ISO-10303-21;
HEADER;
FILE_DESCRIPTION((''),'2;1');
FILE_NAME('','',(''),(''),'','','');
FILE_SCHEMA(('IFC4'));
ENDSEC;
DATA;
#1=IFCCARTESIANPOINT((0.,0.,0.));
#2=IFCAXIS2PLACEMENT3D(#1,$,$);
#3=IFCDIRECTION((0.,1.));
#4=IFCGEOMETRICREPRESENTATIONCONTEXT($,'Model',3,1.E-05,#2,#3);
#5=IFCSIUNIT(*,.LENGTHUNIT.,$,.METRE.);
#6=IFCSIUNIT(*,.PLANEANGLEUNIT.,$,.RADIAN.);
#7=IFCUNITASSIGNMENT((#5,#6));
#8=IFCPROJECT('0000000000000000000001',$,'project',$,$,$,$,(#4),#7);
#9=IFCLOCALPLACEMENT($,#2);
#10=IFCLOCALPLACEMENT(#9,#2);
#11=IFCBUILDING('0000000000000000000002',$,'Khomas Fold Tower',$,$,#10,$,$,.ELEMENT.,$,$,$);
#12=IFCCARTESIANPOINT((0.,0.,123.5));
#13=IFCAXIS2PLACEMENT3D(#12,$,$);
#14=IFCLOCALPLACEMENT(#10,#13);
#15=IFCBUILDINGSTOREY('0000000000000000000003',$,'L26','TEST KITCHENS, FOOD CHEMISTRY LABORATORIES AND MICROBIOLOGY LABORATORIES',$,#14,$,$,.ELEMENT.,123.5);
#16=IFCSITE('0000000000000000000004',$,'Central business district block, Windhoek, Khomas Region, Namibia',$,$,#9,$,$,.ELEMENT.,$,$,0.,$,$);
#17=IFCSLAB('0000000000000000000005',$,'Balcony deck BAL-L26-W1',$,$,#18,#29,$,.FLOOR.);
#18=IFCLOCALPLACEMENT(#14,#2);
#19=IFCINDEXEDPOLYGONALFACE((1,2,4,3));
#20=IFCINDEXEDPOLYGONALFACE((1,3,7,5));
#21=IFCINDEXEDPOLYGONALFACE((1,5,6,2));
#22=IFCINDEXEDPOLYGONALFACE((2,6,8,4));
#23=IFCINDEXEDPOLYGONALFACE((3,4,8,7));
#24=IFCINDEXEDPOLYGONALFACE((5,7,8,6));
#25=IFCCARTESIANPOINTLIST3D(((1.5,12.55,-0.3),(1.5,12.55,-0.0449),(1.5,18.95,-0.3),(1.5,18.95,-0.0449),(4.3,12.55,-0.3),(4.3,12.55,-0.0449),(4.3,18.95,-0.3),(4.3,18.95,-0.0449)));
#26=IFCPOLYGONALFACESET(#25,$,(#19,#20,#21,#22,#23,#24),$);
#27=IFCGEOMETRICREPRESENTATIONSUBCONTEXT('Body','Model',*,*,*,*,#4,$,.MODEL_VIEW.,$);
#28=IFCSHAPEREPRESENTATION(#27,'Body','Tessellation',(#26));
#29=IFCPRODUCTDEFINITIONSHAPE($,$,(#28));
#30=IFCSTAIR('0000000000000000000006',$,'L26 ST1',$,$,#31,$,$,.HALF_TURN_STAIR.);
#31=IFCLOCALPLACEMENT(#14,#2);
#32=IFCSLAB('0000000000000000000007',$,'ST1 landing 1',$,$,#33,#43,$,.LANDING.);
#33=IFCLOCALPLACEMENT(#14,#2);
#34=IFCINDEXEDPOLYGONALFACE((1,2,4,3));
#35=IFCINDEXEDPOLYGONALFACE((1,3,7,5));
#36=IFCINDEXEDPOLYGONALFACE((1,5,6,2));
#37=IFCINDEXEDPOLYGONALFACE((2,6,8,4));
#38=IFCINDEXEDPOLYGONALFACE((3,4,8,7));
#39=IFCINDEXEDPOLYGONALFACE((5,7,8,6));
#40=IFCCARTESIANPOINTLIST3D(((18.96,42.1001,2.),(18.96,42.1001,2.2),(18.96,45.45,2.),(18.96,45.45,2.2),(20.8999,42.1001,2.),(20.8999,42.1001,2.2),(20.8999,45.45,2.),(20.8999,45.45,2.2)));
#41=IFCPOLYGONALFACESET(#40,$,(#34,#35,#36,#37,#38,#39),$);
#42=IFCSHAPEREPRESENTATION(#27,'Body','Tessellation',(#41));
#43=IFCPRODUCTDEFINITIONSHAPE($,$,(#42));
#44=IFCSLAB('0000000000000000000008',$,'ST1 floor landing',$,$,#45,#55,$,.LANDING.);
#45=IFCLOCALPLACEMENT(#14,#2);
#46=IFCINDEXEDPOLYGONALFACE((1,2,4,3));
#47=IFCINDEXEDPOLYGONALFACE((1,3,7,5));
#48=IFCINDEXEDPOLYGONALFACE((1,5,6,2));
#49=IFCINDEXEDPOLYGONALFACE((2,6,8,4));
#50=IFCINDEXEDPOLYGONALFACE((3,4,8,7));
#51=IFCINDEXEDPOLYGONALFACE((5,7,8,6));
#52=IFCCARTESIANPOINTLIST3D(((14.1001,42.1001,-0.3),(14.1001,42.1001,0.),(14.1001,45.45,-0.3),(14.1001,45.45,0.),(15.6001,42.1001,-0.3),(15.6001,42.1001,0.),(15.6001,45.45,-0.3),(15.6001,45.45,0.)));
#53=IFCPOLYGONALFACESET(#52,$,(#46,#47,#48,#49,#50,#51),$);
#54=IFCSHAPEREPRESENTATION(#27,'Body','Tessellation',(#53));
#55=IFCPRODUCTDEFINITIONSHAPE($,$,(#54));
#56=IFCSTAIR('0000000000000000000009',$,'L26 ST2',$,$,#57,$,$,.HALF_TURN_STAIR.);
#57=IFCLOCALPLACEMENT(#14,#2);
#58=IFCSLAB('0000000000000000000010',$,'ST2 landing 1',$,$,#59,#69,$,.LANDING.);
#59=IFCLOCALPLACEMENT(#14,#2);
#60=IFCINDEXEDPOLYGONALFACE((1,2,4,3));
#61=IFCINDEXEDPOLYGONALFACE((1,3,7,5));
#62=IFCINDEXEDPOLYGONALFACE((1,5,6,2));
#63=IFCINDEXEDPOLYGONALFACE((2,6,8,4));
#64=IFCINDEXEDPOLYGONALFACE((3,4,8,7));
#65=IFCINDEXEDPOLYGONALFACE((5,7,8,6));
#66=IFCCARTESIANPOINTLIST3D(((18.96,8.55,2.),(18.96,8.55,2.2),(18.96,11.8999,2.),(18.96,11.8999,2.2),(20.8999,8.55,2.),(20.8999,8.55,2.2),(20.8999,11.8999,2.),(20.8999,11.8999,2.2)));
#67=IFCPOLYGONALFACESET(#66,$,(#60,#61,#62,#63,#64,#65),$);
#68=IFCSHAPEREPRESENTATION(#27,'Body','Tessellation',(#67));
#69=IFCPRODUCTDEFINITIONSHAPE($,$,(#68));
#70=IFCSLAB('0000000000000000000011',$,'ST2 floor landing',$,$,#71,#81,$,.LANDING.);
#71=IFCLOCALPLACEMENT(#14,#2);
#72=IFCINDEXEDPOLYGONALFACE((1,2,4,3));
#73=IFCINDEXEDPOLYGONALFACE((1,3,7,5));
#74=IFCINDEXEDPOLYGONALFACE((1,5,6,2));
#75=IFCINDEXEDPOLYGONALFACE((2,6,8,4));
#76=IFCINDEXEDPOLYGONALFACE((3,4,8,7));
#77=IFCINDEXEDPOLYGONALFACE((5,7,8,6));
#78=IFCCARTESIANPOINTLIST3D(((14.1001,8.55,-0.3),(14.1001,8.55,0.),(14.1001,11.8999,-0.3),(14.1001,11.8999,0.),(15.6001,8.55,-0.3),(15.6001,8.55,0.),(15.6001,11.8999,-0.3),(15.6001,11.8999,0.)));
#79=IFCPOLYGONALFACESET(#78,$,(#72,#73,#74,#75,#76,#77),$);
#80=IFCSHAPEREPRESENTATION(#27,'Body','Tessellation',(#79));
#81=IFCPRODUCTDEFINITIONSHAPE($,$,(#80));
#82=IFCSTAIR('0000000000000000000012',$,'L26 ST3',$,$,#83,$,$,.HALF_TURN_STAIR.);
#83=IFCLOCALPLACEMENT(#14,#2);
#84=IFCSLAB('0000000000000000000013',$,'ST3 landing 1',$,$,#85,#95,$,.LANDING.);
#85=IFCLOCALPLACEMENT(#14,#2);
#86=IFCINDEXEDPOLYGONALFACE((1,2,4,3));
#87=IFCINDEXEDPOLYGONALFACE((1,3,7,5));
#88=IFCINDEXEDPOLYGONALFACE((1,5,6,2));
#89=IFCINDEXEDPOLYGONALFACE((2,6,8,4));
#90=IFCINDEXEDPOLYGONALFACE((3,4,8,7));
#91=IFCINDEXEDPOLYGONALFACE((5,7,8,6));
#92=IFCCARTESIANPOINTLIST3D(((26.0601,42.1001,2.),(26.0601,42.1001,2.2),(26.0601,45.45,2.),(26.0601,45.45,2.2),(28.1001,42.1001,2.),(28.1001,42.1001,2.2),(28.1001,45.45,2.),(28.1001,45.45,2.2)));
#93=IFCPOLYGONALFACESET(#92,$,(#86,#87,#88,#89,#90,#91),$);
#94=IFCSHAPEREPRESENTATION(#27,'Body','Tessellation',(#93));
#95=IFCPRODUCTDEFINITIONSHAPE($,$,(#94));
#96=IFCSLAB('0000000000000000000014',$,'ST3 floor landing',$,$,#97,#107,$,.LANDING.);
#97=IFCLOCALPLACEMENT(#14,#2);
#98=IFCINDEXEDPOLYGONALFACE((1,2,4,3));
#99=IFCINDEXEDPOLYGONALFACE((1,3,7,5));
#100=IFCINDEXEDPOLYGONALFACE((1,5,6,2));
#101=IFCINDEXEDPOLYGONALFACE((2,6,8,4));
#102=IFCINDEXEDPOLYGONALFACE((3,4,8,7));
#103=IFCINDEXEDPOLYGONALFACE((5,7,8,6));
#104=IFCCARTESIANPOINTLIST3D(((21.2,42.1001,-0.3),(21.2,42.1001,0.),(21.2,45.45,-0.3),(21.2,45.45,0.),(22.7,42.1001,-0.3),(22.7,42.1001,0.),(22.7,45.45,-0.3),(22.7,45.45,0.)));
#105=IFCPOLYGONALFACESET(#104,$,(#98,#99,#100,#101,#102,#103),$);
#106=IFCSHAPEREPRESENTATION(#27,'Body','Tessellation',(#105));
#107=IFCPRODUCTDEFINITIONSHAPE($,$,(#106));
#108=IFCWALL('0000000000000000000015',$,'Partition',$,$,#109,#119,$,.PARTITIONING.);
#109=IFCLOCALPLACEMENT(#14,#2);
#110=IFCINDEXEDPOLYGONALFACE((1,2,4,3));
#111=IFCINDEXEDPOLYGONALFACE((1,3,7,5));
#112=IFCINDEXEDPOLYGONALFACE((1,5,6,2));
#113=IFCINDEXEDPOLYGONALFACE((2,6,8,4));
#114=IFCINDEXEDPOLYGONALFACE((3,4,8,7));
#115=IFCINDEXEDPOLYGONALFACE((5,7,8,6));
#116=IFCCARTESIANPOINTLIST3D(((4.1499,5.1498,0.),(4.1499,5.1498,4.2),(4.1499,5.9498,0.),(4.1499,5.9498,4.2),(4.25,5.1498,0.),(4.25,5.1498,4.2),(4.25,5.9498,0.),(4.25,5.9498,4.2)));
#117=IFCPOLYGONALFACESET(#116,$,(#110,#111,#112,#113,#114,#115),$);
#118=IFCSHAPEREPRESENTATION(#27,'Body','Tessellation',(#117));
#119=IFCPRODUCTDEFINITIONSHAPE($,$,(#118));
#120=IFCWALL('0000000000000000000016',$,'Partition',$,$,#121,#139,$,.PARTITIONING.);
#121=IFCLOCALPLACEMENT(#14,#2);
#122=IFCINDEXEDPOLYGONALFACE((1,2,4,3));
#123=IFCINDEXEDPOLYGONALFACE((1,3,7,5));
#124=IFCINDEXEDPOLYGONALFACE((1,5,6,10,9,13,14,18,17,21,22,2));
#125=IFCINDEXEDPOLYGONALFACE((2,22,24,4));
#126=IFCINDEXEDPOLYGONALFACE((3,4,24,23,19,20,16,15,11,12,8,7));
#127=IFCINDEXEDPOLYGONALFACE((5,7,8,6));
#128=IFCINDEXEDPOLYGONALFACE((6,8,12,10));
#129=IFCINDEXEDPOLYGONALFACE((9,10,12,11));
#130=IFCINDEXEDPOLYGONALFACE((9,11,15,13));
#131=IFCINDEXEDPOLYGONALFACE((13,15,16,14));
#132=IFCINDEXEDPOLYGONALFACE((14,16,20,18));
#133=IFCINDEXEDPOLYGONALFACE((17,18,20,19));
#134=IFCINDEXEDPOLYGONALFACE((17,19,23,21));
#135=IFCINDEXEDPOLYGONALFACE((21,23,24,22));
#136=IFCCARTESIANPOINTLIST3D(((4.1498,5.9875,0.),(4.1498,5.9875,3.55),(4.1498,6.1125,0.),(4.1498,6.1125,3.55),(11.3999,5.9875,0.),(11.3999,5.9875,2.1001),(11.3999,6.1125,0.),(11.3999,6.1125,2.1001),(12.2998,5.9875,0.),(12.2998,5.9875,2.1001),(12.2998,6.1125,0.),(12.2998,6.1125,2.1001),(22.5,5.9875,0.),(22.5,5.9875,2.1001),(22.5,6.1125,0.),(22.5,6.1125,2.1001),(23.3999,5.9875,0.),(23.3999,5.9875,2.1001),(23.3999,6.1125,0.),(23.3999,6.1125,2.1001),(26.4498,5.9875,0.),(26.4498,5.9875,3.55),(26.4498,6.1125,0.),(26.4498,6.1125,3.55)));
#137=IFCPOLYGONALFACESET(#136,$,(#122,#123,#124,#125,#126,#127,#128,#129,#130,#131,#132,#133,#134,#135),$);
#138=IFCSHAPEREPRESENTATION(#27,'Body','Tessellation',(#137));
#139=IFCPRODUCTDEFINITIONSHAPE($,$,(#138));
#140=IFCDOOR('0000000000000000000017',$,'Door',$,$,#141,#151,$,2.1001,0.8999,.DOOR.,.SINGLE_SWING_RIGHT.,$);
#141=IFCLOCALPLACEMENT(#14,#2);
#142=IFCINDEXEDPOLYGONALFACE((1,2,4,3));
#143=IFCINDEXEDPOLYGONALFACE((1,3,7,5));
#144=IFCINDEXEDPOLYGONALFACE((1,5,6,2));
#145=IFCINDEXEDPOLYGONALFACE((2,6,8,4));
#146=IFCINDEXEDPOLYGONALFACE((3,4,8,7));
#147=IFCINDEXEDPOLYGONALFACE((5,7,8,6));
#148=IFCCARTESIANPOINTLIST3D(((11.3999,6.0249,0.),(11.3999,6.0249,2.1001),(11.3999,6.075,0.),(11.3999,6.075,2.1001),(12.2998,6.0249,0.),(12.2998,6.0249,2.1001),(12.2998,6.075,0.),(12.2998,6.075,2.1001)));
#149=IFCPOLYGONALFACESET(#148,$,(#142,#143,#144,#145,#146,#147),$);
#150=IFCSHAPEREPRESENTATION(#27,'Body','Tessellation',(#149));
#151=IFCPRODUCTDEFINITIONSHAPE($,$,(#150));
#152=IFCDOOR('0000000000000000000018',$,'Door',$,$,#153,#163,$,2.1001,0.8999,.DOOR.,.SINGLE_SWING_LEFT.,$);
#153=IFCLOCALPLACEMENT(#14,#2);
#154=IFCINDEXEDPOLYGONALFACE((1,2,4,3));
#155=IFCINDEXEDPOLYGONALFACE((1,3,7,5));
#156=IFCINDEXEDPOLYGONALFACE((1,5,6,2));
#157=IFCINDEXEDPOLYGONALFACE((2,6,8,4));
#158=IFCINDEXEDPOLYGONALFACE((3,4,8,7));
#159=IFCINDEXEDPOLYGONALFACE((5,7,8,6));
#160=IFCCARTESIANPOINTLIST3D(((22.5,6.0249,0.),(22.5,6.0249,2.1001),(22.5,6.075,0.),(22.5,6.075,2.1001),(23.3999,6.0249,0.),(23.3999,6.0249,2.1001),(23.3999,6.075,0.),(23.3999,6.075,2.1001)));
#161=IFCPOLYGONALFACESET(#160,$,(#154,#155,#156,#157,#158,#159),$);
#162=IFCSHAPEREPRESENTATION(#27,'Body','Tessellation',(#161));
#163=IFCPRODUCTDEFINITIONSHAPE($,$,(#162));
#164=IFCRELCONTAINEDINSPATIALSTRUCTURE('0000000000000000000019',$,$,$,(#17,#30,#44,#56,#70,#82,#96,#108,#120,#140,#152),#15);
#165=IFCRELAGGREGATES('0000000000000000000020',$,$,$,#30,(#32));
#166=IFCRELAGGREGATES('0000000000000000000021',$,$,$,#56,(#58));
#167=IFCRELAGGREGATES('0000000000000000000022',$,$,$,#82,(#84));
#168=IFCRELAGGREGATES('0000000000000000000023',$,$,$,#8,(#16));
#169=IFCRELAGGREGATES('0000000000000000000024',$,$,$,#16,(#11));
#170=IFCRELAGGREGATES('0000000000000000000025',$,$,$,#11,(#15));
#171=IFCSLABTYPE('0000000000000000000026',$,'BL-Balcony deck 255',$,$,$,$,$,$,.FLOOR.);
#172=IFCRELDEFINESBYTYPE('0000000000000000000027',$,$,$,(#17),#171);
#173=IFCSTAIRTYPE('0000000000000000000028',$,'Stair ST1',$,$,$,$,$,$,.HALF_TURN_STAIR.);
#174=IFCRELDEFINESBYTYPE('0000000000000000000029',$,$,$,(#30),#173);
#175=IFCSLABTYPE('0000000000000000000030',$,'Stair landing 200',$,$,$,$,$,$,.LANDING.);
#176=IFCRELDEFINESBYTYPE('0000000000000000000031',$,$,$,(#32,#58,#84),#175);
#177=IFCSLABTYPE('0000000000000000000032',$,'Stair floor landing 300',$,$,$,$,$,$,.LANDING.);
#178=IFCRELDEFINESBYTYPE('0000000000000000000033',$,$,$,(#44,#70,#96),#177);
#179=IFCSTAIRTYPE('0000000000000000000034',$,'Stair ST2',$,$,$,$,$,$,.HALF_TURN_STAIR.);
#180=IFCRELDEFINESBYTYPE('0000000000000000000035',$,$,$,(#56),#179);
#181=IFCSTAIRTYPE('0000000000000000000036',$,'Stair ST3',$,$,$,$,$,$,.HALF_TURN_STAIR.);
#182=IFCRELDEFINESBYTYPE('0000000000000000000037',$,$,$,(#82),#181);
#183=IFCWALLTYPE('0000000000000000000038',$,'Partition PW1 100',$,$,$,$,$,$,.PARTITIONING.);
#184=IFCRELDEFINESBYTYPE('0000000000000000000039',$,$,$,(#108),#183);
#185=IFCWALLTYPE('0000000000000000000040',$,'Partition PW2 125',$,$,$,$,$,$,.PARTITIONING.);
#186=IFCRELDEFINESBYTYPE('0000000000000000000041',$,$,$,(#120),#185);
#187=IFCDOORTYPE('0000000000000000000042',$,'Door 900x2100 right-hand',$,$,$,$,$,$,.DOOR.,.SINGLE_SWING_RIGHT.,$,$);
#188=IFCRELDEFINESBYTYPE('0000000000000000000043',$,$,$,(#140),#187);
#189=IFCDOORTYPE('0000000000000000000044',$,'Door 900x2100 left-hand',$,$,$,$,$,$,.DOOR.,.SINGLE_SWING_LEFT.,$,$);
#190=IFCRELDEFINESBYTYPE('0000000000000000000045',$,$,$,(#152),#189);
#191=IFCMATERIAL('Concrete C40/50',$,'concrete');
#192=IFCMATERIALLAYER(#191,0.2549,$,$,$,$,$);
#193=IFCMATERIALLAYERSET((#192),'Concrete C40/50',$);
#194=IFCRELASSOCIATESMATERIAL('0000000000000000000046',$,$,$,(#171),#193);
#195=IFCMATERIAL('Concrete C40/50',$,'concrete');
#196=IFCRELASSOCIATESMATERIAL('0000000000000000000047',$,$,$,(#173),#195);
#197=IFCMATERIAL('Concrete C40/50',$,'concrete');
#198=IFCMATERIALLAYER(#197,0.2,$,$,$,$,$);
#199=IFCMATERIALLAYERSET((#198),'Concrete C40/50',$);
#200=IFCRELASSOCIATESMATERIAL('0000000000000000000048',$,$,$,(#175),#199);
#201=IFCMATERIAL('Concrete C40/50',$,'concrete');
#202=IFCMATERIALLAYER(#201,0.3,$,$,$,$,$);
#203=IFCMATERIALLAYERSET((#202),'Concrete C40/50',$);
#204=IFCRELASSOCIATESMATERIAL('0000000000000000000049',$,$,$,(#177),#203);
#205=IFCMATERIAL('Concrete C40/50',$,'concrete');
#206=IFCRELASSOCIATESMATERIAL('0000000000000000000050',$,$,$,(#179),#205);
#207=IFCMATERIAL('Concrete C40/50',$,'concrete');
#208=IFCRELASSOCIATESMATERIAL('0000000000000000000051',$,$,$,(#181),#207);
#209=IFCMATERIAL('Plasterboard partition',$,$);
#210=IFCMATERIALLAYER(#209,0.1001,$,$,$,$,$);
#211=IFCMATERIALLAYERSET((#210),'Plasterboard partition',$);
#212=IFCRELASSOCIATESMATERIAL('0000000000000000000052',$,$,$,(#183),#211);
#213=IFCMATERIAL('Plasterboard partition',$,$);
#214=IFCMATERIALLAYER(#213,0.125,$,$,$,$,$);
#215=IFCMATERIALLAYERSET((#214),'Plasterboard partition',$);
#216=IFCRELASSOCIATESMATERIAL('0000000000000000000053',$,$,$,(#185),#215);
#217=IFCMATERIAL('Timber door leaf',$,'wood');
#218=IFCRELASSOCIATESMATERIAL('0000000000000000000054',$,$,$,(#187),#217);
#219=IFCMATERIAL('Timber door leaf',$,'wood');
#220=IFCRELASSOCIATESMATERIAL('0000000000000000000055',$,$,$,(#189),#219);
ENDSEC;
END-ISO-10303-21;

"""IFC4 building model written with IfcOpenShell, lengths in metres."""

from ifc_helpers import new_model, si_unit, direction, frame, frame_2d, origin, place, context, subcontext, project, spatial, polyline, rectangle, outline, extrude, source, transform, mapped, material, layer, layer_set, type_object, element, fill, aggregate, save


model = new_model("IFC4")

# Units and contexts
model_context = context("Model", 3, precision=1e-05, world=origin(), true_north=direction((0.0, 1.0)))
body_context = subcontext(model_context, "Body", "Model", "MODEL_VIEW")
ifc_project = project(units=[si_unit("LENGTHUNIT", "METRE"), si_unit("PLANEANGLEUNIT", "RADIAN")], contexts=[model_context])

# Site, building, storey
site_placement = place(None, origin())
site = spatial("IfcSite", under=ifc_project, at=site_placement, Name="Central business district block, Windhoek, Khomas Region, Namibia", CompositionType="ELEMENT", RefElevation=0.0)
building_placement = place(site_placement, origin())
building = spatial("IfcBuilding", under=site, at=building_placement, Name="Khomas Fold Tower", CompositionType="ELEMENT")
storey_placement = place(building_placement, frame((0.0, 0.0, 123.5)))
storey = spatial("IfcBuildingStorey", under=building, at=storey_placement, Name="L26", Description="TEST KITCHENS, FOOD CHEMISTRY LABORATORIES AND MICROBIOLOGY LABORATORIES", CompositionType="ELEMENT", Elevation=123.5)

# Slab
ifc_material_1 = material(Name="Concrete C40/50", Category="concrete")
ifc_layer_1 = layer(ifc_material_1, 0.2549)
ifc_layer_set_1 = layer_set([ifc_layer_1], Name="Concrete C40/50")
slab_type_1 = type_object("IfcSlabType", Name="BL-Balcony deck 255", PredefinedType="FLOOR", material=ifc_layer_set_1)
shared_shape_1 = source(origin(), body_context, "Body", "SweptSolid", [
    extrude(outline(polyline([(1.5, 12.55), (4.3, 12.55), (4.3, 18.95), (1.5, 18.95), (1.5, 12.55)])), origin(), (0.0, 0.0, 1.0), 0.2551),
])
slab_1_placement = place(storey_placement, frame((0.0, 0.0, -0.3)))
element("IfcSlab", 1, at=slab_1_placement, inside=storey, type_object=slab_type_1, Name="Balcony deck BAL-L26-W1", PredefinedType="FLOOR", context=body_context, shape_type="MappedRepresentation", body=[
    mapped(shared_shape_1, transform((0.0, 0.0, 0.0))),
])

# Stair, slab
ifc_material_2 = material(Name="Concrete C40/50", Category="concrete")
stair_type_1 = type_object("IfcStairType", Name="Stair ST1", PredefinedType="HALF_TURN_STAIR", material=ifc_material_2)
stair_1_placement = place(storey_placement, origin())
stair_1 = element("IfcStair", 2, at=stair_1_placement, inside=storey, type_object=stair_type_1, Name="L26 ST1", PredefinedType="HALF_TURN_STAIR")
ifc_material_3 = material(Name="Concrete C40/50", Category="concrete")
ifc_layer_2 = layer(ifc_material_3, 0.2)
ifc_layer_set_2 = layer_set([ifc_layer_2], Name="Concrete C40/50")
slab_type_2 = type_object("IfcSlabType", Name="Stair landing 200", PredefinedType="LANDING", material=ifc_layer_set_2)
shared_shape_2 = source(origin(), body_context, "Body", "SweptSolid", [
    extrude(outline(polyline([(18.96, 42.1001), (20.8999, 42.1001), (20.8999, 45.45), (18.96, 45.45), (18.96, 42.1001)])), origin(), (0.0, 0.0, 1.0), 0.2),
])
slab_2_placement = place(storey_placement, frame((0.0, 0.0, 2.0)))
slab_2 = element("IfcSlab", 3, at=slab_2_placement, type_object=slab_type_2, Name="ST1 landing 1", PredefinedType="LANDING", context=body_context, shape_type="MappedRepresentation", body=[
    mapped(shared_shape_2, transform((0.0, 0.0, 0.0))),
])
aggregate(stair_1, [slab_2])

# Slab
ifc_material_4 = material(Name="Concrete C40/50", Category="concrete")
ifc_layer_3 = layer(ifc_material_4, 0.3)
ifc_layer_set_3 = layer_set([ifc_layer_3], Name="Concrete C40/50")
slab_type_3 = type_object("IfcSlabType", Name="Stair floor landing 300", PredefinedType="LANDING", material=ifc_layer_set_3)
shared_shape_3 = source(origin(), body_context, "Body", "SweptSolid", [
    extrude(outline(polyline([(15.6001, 42.1001), (14.1001, 42.1001), (14.1001, 45.45), (15.6001, 45.45), (15.6001, 42.1001)])), origin(), (0.0, 0.0, 1.0), 0.3),
])
slab_3_placement = place(storey_placement, frame((0.0, 0.0, -0.3)))
element("IfcSlab", 4, at=slab_3_placement, inside=storey, type_object=slab_type_3, Name="ST1 floor landing", PredefinedType="LANDING", context=body_context, shape_type="MappedRepresentation", body=[
    mapped(shared_shape_3, transform((0.0, 0.0, 0.0))),
])

# Stair, slab
ifc_material_5 = material(Name="Concrete C40/50", Category="concrete")
stair_type_2 = type_object("IfcStairType", Name="Stair ST2", PredefinedType="HALF_TURN_STAIR", material=ifc_material_5)
stair_2_placement = place(storey_placement, origin())
stair_2 = element("IfcStair", 5, at=stair_2_placement, inside=storey, type_object=stair_type_2, Name="L26 ST2", PredefinedType="HALF_TURN_STAIR")
shared_shape_4 = source(origin(), body_context, "Body", "SweptSolid", [
    extrude(outline(polyline([(18.96, 8.55), (20.8999, 8.55), (20.8999, 11.8999), (18.96, 11.8999), (18.96, 8.55)])), origin(), (0.0, 0.0, 1.0), 0.2),
])
slab_4_placement = place(storey_placement, frame((0.0, 0.0, 2.0)))
slab_4 = element("IfcSlab", 6, at=slab_4_placement, type_object=slab_type_2, Name="ST2 landing 1", PredefinedType="LANDING", context=body_context, shape_type="MappedRepresentation", body=[
    mapped(shared_shape_4, transform((0.0, 0.0, 0.0))),
])
aggregate(stair_2, [slab_4])

# Slab
shared_shape_5 = source(origin(), body_context, "Body", "SweptSolid", [
    extrude(outline(polyline([(15.6001, 8.55), (14.1001, 8.55), (14.1001, 11.8999), (15.6001, 11.8999), (15.6001, 8.55)])), origin(), (0.0, 0.0, 1.0), 0.3),
])
slab_5_placement = place(storey_placement, frame((0.0, 0.0, -0.3)))
element("IfcSlab", 7, at=slab_5_placement, inside=storey, type_object=slab_type_3, Name="ST2 floor landing", PredefinedType="LANDING", context=body_context, shape_type="MappedRepresentation", body=[
    mapped(shared_shape_5, transform((0.0, 0.0, 0.0))),
])

# Stair, slab
ifc_material_6 = material(Name="Concrete C40/50", Category="concrete")
stair_type_3 = type_object("IfcStairType", Name="Stair ST3", PredefinedType="HALF_TURN_STAIR", material=ifc_material_6)
stair_3_placement = place(storey_placement, origin())
stair_3 = element("IfcStair", 8, at=stair_3_placement, inside=storey, type_object=stair_type_3, Name="L26 ST3", PredefinedType="HALF_TURN_STAIR")
shared_shape_6 = source(origin(), body_context, "Body", "SweptSolid", [
    extrude(outline(polyline([(26.0601, 42.1001), (28.1001, 42.1001), (28.1001, 45.45), (26.0601, 45.45), (26.0601, 42.1001)])), origin(), (0.0, 0.0, 1.0), 0.2),
])
slab_6_placement = place(storey_placement, frame((0.0, 0.0, 2.0)))
slab_6 = element("IfcSlab", 9, at=slab_6_placement, type_object=slab_type_2, Name="ST3 landing 1", PredefinedType="LANDING", context=body_context, shape_type="MappedRepresentation", body=[
    mapped(shared_shape_6, transform((0.0, 0.0, 0.0))),
])
aggregate(stair_3, [slab_6])

# Slab
shared_shape_7 = source(origin(), body_context, "Body", "SweptSolid", [
    extrude(outline(polyline([(22.7, 42.1001), (21.2, 42.1001), (21.2, 45.45), (22.7, 45.45), (22.7, 42.1001)])), origin(), (0.0, 0.0, 1.0), 0.3),
])
slab_7_placement = place(storey_placement, frame((0.0, 0.0, -0.3)))
element("IfcSlab", 10, at=slab_7_placement, inside=storey, type_object=slab_type_3, Name="ST3 floor landing", PredefinedType="LANDING", context=body_context, shape_type="MappedRepresentation", body=[
    mapped(shared_shape_7, transform((0.0, 0.0, 0.0))),
])

# Wall
ifc_material_7 = material(Name="Plasterboard partition")
ifc_layer_4 = layer(ifc_material_7, 0.1001)
ifc_layer_set_4 = layer_set([ifc_layer_4], Name="Plasterboard partition")
wall_type_1 = type_object("IfcWallType", Name="Partition PW1 100", PredefinedType="PARTITIONING", material=ifc_layer_set_4)
shared_shape_8 = source(origin(), body_context, "Body", "SweptSolid", [
    extrude(rectangle(XDim=0.8, YDim=0.1001, at=frame_2d((0.3999, 0.0))), origin(), (0.0, 0.0, 1.0), 4.2),
])
wall_1_placement = place(storey_placement, frame((4.2, 5.1499, 0.0), z_axis=(0.0, 0.0, 1.0), x_axis=(0.0, 1.0, 0.0)))
element("IfcWall", 11, at=wall_1_placement, inside=storey, type_object=wall_type_1, Name="Partition", PredefinedType="PARTITIONING", context=body_context, shape_type="MappedRepresentation", body=[
    mapped(shared_shape_8, transform((0.0, 0.0, 0.0))),
])

# Wall, openings, doors
ifc_material_8 = material(Name="Plasterboard partition")
ifc_layer_5 = layer(ifc_material_8, 0.125)
ifc_layer_set_5 = layer_set([ifc_layer_5], Name="Plasterboard partition")
wall_type_2 = type_object("IfcWallType", Name="Partition PW2 125", PredefinedType="PARTITIONING", material=ifc_layer_set_5)
shared_shape_9 = source(origin(), body_context, "Body", "SweptSolid", [
    extrude(rectangle(XDim=22.3, YDim=0.125, at=frame_2d((11.1499, 0.0))), origin(), (0.0, 0.0, 1.0), 3.55),
])
wall_2_placement = place(storey_placement, frame((4.1499, 6.05, 0.0), z_axis=(0.0, 0.0, 1.0), x_axis=(1.0, 0.0, 0.0)))
wall_2 = element("IfcWall", 12, at=wall_2_placement, inside=storey, type_object=wall_type_2, Name="Partition", PredefinedType="PARTITIONING", context=body_context, shape_type="MappedRepresentation", body=[
    mapped(shared_shape_9, transform((0.0, 0.0, 0.0))),
])
shared_shape_10 = source(origin(), body_context, "Body", "SweptSolid", [
    extrude(rectangle(XDim=0.8999, YDim=2.1001, at=frame_2d((0.45, 1.05))), frame((0.0, 0.0725, 0.0), z_axis=(0.0, -1.0, 0.0), x_axis=(1.0, 0.0, 0.0)), (0.0, 0.0, 1.0), 0.145),
])
opening_1_placement = place(wall_2_placement, frame((7.25, 0.0, 0.0)))
opening_1 = element("IfcOpeningElement", 13, at=opening_1_placement, cuts=wall_2, PredefinedType="OPENING", context=body_context, shape_type="MappedRepresentation", body=[
    mapped(shared_shape_10, transform((0.0, 0.0, 0.0))),
])
opening_2_placement = place(wall_2_placement, frame((18.3501, 0.0, 0.0)))
opening_2 = element("IfcOpeningElement", 14, at=opening_2_placement, cuts=wall_2, PredefinedType="OPENING", context=body_context, shape_type="MappedRepresentation", body=[
    mapped(shared_shape_10, transform((0.0, 0.0, 0.0))),
])
ifc_material_9 = material(Name="Timber door leaf", Category="wood")
door_type_1 = type_object("IfcDoorType", Name="Door 900x2100 right-hand", OperationType="SINGLE_SWING_RIGHT", PredefinedType="DOOR", material=ifc_material_9)
shared_shape_11 = source(origin(), body_context, "Body", "SweptSolid", [
    extrude(rectangle(XDim=0.8999, YDim=2.1001, at=frame_2d((0.45, 1.05))), frame((0.0, 0.0249, 0.0), z_axis=(0.0, -1.0, 0.0), x_axis=(1.0, 0.0, 0.0)), (0.0, 0.0, 1.0), 0.05),
])
door_1_placement = place(opening_1_placement, origin())
door_1 = element("IfcDoor", 15, at=door_1_placement, inside=storey, type_object=door_type_1, Name="Door", OperationType="SINGLE_SWING_RIGHT", OverallHeight=2.1001, OverallWidth=0.8999, PredefinedType="DOOR", context=body_context, shape_type="MappedRepresentation", body=[
    mapped(shared_shape_11, transform((0.0, 0.0, 0.0))),
])
fill(opening_1, door_1)
ifc_material_10 = material(Name="Timber door leaf", Category="wood")
door_type_2 = type_object("IfcDoorType", Name="Door 900x2100 left-hand", OperationType="SINGLE_SWING_LEFT", PredefinedType="DOOR", material=ifc_material_10)
door_2_placement = place(opening_2_placement, origin())
door_2 = element("IfcDoor", 16, at=door_2_placement, inside=storey, type_object=door_type_2, Name="Door", OperationType="SINGLE_SWING_LEFT", OverallHeight=2.1001, OverallWidth=0.8999, PredefinedType="DOOR", context=body_context, shape_type="MappedRepresentation", body=[
    mapped(shared_shape_11, transform((0.0, 0.0, 0.0))),
])
fill(opening_2, door_2)

save(model, "model.ifc")
